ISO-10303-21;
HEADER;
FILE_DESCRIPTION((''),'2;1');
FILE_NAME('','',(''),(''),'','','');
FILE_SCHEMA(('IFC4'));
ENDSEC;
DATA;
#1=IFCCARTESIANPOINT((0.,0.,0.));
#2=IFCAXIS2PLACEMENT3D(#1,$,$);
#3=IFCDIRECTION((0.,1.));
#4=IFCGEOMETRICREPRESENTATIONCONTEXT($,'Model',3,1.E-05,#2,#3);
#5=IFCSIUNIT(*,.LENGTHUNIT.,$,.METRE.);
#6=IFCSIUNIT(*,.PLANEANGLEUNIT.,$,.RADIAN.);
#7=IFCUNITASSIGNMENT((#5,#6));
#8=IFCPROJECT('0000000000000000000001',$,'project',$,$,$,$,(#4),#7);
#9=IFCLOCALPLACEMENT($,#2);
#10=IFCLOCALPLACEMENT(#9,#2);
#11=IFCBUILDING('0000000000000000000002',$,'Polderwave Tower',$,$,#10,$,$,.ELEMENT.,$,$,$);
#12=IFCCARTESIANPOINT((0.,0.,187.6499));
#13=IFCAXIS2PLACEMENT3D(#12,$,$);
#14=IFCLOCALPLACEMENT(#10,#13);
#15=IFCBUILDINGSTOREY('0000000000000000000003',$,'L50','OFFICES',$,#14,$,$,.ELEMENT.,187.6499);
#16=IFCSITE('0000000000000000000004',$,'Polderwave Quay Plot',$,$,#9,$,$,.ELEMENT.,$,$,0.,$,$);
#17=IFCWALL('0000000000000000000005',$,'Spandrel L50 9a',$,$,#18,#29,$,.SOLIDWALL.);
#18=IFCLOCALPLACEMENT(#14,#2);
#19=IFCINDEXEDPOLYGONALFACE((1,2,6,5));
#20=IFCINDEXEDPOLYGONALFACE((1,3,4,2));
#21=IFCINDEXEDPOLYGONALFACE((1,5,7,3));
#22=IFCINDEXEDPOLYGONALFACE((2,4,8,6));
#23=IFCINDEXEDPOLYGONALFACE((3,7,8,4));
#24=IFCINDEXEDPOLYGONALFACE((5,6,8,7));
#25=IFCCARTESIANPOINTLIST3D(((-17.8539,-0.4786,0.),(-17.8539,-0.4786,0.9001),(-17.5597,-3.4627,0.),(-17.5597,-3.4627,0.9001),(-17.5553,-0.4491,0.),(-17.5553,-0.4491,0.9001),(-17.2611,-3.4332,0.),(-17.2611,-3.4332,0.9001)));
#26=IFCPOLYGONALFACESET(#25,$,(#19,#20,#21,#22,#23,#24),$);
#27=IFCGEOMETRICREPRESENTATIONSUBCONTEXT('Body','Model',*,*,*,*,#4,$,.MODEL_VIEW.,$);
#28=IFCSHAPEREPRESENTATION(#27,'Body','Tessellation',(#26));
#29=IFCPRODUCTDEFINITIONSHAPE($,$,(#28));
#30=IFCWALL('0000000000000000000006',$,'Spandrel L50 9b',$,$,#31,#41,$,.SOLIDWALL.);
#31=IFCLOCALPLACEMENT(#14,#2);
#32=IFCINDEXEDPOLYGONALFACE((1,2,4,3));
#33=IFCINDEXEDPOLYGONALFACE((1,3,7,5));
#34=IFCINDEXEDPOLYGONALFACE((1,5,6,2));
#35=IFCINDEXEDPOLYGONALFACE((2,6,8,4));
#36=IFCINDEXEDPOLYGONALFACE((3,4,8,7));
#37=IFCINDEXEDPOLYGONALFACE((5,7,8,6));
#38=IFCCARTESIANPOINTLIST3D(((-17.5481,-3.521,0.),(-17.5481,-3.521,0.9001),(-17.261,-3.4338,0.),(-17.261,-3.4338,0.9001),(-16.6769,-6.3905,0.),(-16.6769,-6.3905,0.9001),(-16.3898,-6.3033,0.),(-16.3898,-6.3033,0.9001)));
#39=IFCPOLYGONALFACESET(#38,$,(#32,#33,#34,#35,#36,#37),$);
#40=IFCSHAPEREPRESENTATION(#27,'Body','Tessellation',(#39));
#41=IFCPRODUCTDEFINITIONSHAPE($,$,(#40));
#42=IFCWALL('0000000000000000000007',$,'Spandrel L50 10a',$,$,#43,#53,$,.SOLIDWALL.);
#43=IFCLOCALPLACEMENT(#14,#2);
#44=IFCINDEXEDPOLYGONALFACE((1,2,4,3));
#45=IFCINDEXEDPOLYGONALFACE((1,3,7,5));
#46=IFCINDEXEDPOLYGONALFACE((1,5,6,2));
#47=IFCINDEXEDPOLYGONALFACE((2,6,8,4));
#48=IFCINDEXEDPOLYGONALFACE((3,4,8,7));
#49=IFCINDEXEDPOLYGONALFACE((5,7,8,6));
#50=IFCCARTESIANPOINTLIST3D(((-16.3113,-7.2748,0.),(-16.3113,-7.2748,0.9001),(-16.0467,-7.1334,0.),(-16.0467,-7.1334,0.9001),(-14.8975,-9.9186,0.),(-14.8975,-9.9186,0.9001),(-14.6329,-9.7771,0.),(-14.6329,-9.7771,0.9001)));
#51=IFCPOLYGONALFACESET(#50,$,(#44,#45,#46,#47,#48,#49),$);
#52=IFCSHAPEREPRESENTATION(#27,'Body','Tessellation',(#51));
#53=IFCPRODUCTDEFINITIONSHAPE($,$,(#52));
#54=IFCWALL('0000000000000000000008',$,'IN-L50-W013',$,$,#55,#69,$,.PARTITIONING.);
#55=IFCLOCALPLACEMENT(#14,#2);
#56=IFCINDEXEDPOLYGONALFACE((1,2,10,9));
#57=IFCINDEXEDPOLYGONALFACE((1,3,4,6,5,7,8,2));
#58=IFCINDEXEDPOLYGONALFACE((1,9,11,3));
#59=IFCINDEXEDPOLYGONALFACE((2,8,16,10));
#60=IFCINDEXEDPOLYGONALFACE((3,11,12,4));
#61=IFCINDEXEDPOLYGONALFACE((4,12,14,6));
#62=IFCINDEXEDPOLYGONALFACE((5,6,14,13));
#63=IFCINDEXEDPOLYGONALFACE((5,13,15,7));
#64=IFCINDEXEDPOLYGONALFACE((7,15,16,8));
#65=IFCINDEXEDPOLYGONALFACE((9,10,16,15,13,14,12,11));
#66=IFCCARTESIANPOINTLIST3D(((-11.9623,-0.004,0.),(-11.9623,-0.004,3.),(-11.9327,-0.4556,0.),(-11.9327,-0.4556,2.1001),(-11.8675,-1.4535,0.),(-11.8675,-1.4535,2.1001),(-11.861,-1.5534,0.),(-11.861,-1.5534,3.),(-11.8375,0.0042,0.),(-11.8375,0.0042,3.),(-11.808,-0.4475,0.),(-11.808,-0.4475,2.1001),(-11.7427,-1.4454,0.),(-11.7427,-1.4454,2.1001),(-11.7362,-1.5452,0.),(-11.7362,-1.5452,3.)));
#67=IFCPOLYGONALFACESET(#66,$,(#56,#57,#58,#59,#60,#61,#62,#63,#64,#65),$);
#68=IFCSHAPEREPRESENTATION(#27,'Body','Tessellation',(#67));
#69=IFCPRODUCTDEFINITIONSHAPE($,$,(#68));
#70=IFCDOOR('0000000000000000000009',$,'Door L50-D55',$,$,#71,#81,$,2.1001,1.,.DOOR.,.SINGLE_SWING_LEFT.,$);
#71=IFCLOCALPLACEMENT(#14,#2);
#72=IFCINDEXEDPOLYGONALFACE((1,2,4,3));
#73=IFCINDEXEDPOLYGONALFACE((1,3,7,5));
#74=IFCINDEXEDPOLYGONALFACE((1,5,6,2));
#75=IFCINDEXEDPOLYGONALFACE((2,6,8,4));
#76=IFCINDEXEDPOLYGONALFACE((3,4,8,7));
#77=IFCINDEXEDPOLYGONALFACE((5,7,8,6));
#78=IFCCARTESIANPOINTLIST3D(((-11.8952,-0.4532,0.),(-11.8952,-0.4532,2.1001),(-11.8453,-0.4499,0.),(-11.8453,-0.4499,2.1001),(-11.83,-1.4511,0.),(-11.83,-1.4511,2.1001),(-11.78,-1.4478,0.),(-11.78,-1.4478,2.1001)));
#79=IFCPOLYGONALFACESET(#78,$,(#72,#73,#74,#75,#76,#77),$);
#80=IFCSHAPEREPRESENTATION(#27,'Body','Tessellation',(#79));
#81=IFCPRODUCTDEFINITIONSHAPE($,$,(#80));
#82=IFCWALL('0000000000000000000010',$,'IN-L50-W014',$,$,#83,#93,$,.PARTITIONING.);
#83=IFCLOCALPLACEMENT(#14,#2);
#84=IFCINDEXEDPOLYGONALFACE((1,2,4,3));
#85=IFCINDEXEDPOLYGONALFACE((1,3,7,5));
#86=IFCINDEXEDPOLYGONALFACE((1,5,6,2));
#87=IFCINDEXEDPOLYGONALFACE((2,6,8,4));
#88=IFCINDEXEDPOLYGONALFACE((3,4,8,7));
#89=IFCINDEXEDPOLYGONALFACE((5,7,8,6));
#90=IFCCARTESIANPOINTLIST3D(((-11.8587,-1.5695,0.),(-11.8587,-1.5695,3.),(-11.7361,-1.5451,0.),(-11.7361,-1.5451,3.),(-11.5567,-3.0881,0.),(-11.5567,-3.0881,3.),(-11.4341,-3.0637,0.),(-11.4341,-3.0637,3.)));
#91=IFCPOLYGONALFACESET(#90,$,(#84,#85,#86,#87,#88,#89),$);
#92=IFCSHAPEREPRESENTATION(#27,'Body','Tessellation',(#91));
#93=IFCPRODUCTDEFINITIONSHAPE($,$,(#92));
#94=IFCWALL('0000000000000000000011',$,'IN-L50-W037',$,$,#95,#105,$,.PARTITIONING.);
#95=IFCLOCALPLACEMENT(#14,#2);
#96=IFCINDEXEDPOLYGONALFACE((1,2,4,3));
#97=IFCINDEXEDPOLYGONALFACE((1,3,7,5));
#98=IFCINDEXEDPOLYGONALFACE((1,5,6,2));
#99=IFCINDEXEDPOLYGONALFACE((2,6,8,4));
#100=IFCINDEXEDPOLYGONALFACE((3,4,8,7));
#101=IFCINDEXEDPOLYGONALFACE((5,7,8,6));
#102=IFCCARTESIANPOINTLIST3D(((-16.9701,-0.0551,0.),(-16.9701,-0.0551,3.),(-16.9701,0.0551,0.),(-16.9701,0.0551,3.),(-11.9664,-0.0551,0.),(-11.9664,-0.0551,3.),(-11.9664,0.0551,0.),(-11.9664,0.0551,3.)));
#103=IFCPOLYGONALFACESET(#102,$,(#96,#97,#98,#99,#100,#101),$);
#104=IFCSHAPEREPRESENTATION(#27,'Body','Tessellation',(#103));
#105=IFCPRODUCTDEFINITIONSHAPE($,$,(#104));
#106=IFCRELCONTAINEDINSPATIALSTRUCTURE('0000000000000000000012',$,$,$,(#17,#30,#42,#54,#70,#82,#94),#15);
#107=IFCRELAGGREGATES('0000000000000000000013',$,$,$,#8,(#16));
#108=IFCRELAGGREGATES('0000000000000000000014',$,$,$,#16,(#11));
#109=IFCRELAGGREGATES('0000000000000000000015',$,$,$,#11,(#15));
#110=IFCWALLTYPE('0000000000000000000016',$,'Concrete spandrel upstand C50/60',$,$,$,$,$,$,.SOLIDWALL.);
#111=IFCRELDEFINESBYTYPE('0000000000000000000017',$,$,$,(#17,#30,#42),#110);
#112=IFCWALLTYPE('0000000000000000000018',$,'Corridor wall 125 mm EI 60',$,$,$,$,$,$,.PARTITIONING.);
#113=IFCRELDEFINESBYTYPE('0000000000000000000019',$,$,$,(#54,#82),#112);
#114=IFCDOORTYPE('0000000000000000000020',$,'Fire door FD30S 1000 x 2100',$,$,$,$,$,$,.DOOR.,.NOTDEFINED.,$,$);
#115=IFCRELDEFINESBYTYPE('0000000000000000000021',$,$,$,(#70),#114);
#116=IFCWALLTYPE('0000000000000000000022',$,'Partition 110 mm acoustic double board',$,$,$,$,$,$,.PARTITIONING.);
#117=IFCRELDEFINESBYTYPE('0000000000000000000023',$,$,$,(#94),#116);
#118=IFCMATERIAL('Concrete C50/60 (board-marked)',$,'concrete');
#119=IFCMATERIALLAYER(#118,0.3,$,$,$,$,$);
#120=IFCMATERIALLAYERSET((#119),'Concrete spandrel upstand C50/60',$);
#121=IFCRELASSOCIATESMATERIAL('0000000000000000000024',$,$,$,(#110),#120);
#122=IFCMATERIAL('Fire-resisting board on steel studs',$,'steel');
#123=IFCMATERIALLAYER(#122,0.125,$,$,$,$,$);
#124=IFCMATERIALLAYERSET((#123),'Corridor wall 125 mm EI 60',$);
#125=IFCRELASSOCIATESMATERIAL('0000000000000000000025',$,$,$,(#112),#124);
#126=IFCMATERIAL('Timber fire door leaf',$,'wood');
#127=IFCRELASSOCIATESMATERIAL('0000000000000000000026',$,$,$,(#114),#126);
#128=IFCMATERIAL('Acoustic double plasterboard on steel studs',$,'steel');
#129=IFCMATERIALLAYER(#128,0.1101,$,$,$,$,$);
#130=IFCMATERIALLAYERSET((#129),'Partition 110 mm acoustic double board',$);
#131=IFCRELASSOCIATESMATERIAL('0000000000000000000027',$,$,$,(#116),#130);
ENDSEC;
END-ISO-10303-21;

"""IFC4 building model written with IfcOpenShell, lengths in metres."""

from ifc_helpers import new_model, si_unit, direction, frame, frame_2d, origin, place, context, subcontext, project, spatial, rectangle, extrude, material, layer, layer_set, type_object, element, fill, save


model = new_model("IFC4")

# Units and contexts
model_context = context("Model", 3, precision=1e-05, world=origin(), true_north=direction((0.0, 1.0)))
body_context = subcontext(model_context, "Body", "Model", "MODEL_VIEW")
ifc_project = project(units=[si_unit("LENGTHUNIT", "METRE"), si_unit("PLANEANGLEUNIT", "RADIAN")], contexts=[model_context])

# Site, building, storey
site_placement = place(None, origin())
site = spatial("IfcSite", under=ifc_project, at=site_placement, Name="Polderwave Quay Plot", CompositionType="ELEMENT", RefElevation=0.0)
building_placement = place(site_placement, origin())
building = spatial("IfcBuilding", under=site, at=building_placement, Name="Polderwave Tower", CompositionType="ELEMENT")
storey_placement = place(building_placement, frame((0.0, 0.0, 187.6499)))
storey = spatial("IfcBuildingStorey", under=building, at=storey_placement, Name="L50", Description="OFFICES", CompositionType="ELEMENT", Elevation=187.6499)

# Walls
ifc_material_1 = material(Name="Concrete C50/60 (board-marked)", Category="concrete")
ifc_layer_1 = layer(ifc_material_1, 0.3)
ifc_layer_set_1 = layer_set([ifc_layer_1], Name="Concrete spandrel upstand C50/60")
wall_type_1 = type_object("IfcWallType", Name="Concrete spandrel upstand C50/60", PredefinedType="SOLIDWALL", material=ifc_layer_set_1)
wall_1_placement = place(storey_placement, frame((-17.7046, -0.4639, 0.0), z_axis=(0.0, 0.0, 1.0), x_axis=(0.098109, -0.995176, 0.0)))
element("IfcWall", 1, at=wall_1_placement, inside=storey, type_object=wall_type_1, Name="Spandrel L50 9a", PredefinedType="SOLIDWALL", context=body_context, shape_type="SweptSolid", body=[
    extrude(rectangle(XDim=2.9985, YDim=0.3, at=frame_2d((1.4993, 0.0))), origin(), (0.0, 0.0, 1.0), 0.9001),
])
wall_2_placement = place(storey_placement, frame((-17.4045, -3.4773, 0.0), z_axis=(0.0, 0.0, 1.0), x_axis=(0.290491, -0.956878, 0.0)))
element("IfcWall", 2, at=wall_2_placement, inside=storey, type_object=wall_type_1, Name="Spandrel L50 9b", PredefinedType="SOLIDWALL", context=body_context, shape_type="SweptSolid", body=[
    extrude(rectangle(XDim=2.9988, YDim=0.3, at=frame_2d((1.4995, 0.0))), origin(), (0.0, 0.0, 1.0), 0.9001),
])
wall_3_placement = place(storey_placement, frame((-16.179, -7.2041, 0.0), z_axis=(0.0, 0.0, 1.0), x_axis=(0.471573, -0.881827, 0.0)))
element("IfcWall", 3, at=wall_3_placement, inside=storey, type_object=wall_type_1, Name="Spandrel L50 10a", PredefinedType="SOLIDWALL", context=body_context, shape_type="SweptSolid", body=[
    extrude(rectangle(XDim=2.998, YDim=0.3, at=frame_2d((1.499, 0.0))), origin(), (0.0, 0.0, 1.0), 0.9001),
])

# Wall, opening, door
ifc_material_2 = material(Name="Fire-resisting board on steel studs", Category="steel")
ifc_layer_2 = layer(ifc_material_2, 0.125)
ifc_layer_set_2 = layer_set([ifc_layer_2], Name="Corridor wall 125 mm EI 60")
wall_type_2 = type_object("IfcWallType", Name="Corridor wall 125 mm EI 60", PredefinedType="PARTITIONING", material=ifc_layer_set_2)
wall_4_placement = place(storey_placement, frame((-11.7986, -1.5493, 0.0), z_axis=(0.0, 0.0, 1.0), x_axis=(-0.065256, 0.997869, 0.0)))
wall_4 = element("IfcWall", 4, at=wall_4_placement, inside=storey, type_object=wall_type_2, Name="IN-L50-W013", PredefinedType="PARTITIONING", context=body_context, shape_type="SweptSolid", body=[
    extrude(rectangle(XDim=1.5527, YDim=0.125, at=frame_2d((0.7764, 0.0))), origin(), (0.0, 0.0, 1.0), 3.0),
])
opening_placement = place(wall_4_placement, frame((0.1001, 0.0, 0.0)))
opening = element("IfcOpeningElement", 5, at=opening_placement, cuts=wall_4, PredefinedType="OPENING", context=body_context, shape_type="SweptSolid", body=[
    extrude(rectangle(XDim=1.0, YDim=2.1001, at=frame_2d((0.5, 1.05))), frame((0.0, 0.0725, 0.0), z_axis=(0.0, -1.0, 0.0), x_axis=(1.0, 0.0, 0.0)), (0.0, 0.0, 1.0), 0.145),
])
ifc_material_3 = material(Name="Timber fire door leaf", Category="wood")
door_type = type_object("IfcDoorType", Name="Fire door FD30S 1000 x 2100", OperationType="NOTDEFINED", PredefinedType="DOOR", material=ifc_material_3)
door_placement = place(opening_placement, origin())
door = element("IfcDoor", 6, at=door_placement, inside=storey, type_object=door_type, Name="Door L50-D55", OperationType="SINGLE_SWING_LEFT", OverallHeight=2.1001, OverallWidth=1.0, PredefinedType="DOOR", context=body_context, shape_type="SweptSolid", body=[
    extrude(rectangle(XDim=1.0, YDim=2.1001, at=frame_2d((0.5, 1.05))), frame((0.0, 0.0249, 0.0), z_axis=(0.0, -1.0, 0.0), x_axis=(1.0, 0.0, 0.0)), (0.0, 0.0, 1.0), 0.05),
])
fill(opening, door)

# Walls
wall_5_placement = place(storey_placement, frame((-11.4954, -3.0759, 0.0), z_axis=(0.0, 0.0, 1.0), x_axis=(-0.195055, 0.980792, 0.0)))
element("IfcWall", 7, at=wall_5_placement, inside=storey, type_object=wall_type_2, Name="IN-L50-W014", PredefinedType="PARTITIONING", context=body_context, shape_type="SweptSolid", body=[
    extrude(rectangle(XDim=1.5483, YDim=0.125, at=frame_2d((0.7742, 0.0))), origin(), (0.0, 0.0, 1.0), 3.0),
])
ifc_material_4 = material(Name="Acoustic double plasterboard on steel studs", Category="steel")
ifc_layer_3 = layer(ifc_material_4, 0.1101)
ifc_layer_set_3 = layer_set([ifc_layer_3], Name="Partition 110 mm acoustic double board")
wall_type_3 = type_object("IfcWallType", Name="Partition 110 mm acoustic double board", PredefinedType="PARTITIONING", material=ifc_layer_set_3)
wall_6_placement = place(storey_placement, frame((-11.9663, 0.0, 0.0), z_axis=(0.0, 0.0, 1.0), x_axis=(-1.0, 0.0, 0.0)))
element("IfcWall", 8, at=wall_6_placement, inside=storey, type_object=wall_type_3, Name="IN-L50-W037", PredefinedType="PARTITIONING", context=body_context, shape_type="SweptSolid", body=[
    extrude(rectangle(XDim=5.0037, YDim=0.1101, at=frame_2d((2.502, 0.0))), origin(), (0.0, 0.0, 1.0), 3.0),
])

save(model, "model.ifc")
